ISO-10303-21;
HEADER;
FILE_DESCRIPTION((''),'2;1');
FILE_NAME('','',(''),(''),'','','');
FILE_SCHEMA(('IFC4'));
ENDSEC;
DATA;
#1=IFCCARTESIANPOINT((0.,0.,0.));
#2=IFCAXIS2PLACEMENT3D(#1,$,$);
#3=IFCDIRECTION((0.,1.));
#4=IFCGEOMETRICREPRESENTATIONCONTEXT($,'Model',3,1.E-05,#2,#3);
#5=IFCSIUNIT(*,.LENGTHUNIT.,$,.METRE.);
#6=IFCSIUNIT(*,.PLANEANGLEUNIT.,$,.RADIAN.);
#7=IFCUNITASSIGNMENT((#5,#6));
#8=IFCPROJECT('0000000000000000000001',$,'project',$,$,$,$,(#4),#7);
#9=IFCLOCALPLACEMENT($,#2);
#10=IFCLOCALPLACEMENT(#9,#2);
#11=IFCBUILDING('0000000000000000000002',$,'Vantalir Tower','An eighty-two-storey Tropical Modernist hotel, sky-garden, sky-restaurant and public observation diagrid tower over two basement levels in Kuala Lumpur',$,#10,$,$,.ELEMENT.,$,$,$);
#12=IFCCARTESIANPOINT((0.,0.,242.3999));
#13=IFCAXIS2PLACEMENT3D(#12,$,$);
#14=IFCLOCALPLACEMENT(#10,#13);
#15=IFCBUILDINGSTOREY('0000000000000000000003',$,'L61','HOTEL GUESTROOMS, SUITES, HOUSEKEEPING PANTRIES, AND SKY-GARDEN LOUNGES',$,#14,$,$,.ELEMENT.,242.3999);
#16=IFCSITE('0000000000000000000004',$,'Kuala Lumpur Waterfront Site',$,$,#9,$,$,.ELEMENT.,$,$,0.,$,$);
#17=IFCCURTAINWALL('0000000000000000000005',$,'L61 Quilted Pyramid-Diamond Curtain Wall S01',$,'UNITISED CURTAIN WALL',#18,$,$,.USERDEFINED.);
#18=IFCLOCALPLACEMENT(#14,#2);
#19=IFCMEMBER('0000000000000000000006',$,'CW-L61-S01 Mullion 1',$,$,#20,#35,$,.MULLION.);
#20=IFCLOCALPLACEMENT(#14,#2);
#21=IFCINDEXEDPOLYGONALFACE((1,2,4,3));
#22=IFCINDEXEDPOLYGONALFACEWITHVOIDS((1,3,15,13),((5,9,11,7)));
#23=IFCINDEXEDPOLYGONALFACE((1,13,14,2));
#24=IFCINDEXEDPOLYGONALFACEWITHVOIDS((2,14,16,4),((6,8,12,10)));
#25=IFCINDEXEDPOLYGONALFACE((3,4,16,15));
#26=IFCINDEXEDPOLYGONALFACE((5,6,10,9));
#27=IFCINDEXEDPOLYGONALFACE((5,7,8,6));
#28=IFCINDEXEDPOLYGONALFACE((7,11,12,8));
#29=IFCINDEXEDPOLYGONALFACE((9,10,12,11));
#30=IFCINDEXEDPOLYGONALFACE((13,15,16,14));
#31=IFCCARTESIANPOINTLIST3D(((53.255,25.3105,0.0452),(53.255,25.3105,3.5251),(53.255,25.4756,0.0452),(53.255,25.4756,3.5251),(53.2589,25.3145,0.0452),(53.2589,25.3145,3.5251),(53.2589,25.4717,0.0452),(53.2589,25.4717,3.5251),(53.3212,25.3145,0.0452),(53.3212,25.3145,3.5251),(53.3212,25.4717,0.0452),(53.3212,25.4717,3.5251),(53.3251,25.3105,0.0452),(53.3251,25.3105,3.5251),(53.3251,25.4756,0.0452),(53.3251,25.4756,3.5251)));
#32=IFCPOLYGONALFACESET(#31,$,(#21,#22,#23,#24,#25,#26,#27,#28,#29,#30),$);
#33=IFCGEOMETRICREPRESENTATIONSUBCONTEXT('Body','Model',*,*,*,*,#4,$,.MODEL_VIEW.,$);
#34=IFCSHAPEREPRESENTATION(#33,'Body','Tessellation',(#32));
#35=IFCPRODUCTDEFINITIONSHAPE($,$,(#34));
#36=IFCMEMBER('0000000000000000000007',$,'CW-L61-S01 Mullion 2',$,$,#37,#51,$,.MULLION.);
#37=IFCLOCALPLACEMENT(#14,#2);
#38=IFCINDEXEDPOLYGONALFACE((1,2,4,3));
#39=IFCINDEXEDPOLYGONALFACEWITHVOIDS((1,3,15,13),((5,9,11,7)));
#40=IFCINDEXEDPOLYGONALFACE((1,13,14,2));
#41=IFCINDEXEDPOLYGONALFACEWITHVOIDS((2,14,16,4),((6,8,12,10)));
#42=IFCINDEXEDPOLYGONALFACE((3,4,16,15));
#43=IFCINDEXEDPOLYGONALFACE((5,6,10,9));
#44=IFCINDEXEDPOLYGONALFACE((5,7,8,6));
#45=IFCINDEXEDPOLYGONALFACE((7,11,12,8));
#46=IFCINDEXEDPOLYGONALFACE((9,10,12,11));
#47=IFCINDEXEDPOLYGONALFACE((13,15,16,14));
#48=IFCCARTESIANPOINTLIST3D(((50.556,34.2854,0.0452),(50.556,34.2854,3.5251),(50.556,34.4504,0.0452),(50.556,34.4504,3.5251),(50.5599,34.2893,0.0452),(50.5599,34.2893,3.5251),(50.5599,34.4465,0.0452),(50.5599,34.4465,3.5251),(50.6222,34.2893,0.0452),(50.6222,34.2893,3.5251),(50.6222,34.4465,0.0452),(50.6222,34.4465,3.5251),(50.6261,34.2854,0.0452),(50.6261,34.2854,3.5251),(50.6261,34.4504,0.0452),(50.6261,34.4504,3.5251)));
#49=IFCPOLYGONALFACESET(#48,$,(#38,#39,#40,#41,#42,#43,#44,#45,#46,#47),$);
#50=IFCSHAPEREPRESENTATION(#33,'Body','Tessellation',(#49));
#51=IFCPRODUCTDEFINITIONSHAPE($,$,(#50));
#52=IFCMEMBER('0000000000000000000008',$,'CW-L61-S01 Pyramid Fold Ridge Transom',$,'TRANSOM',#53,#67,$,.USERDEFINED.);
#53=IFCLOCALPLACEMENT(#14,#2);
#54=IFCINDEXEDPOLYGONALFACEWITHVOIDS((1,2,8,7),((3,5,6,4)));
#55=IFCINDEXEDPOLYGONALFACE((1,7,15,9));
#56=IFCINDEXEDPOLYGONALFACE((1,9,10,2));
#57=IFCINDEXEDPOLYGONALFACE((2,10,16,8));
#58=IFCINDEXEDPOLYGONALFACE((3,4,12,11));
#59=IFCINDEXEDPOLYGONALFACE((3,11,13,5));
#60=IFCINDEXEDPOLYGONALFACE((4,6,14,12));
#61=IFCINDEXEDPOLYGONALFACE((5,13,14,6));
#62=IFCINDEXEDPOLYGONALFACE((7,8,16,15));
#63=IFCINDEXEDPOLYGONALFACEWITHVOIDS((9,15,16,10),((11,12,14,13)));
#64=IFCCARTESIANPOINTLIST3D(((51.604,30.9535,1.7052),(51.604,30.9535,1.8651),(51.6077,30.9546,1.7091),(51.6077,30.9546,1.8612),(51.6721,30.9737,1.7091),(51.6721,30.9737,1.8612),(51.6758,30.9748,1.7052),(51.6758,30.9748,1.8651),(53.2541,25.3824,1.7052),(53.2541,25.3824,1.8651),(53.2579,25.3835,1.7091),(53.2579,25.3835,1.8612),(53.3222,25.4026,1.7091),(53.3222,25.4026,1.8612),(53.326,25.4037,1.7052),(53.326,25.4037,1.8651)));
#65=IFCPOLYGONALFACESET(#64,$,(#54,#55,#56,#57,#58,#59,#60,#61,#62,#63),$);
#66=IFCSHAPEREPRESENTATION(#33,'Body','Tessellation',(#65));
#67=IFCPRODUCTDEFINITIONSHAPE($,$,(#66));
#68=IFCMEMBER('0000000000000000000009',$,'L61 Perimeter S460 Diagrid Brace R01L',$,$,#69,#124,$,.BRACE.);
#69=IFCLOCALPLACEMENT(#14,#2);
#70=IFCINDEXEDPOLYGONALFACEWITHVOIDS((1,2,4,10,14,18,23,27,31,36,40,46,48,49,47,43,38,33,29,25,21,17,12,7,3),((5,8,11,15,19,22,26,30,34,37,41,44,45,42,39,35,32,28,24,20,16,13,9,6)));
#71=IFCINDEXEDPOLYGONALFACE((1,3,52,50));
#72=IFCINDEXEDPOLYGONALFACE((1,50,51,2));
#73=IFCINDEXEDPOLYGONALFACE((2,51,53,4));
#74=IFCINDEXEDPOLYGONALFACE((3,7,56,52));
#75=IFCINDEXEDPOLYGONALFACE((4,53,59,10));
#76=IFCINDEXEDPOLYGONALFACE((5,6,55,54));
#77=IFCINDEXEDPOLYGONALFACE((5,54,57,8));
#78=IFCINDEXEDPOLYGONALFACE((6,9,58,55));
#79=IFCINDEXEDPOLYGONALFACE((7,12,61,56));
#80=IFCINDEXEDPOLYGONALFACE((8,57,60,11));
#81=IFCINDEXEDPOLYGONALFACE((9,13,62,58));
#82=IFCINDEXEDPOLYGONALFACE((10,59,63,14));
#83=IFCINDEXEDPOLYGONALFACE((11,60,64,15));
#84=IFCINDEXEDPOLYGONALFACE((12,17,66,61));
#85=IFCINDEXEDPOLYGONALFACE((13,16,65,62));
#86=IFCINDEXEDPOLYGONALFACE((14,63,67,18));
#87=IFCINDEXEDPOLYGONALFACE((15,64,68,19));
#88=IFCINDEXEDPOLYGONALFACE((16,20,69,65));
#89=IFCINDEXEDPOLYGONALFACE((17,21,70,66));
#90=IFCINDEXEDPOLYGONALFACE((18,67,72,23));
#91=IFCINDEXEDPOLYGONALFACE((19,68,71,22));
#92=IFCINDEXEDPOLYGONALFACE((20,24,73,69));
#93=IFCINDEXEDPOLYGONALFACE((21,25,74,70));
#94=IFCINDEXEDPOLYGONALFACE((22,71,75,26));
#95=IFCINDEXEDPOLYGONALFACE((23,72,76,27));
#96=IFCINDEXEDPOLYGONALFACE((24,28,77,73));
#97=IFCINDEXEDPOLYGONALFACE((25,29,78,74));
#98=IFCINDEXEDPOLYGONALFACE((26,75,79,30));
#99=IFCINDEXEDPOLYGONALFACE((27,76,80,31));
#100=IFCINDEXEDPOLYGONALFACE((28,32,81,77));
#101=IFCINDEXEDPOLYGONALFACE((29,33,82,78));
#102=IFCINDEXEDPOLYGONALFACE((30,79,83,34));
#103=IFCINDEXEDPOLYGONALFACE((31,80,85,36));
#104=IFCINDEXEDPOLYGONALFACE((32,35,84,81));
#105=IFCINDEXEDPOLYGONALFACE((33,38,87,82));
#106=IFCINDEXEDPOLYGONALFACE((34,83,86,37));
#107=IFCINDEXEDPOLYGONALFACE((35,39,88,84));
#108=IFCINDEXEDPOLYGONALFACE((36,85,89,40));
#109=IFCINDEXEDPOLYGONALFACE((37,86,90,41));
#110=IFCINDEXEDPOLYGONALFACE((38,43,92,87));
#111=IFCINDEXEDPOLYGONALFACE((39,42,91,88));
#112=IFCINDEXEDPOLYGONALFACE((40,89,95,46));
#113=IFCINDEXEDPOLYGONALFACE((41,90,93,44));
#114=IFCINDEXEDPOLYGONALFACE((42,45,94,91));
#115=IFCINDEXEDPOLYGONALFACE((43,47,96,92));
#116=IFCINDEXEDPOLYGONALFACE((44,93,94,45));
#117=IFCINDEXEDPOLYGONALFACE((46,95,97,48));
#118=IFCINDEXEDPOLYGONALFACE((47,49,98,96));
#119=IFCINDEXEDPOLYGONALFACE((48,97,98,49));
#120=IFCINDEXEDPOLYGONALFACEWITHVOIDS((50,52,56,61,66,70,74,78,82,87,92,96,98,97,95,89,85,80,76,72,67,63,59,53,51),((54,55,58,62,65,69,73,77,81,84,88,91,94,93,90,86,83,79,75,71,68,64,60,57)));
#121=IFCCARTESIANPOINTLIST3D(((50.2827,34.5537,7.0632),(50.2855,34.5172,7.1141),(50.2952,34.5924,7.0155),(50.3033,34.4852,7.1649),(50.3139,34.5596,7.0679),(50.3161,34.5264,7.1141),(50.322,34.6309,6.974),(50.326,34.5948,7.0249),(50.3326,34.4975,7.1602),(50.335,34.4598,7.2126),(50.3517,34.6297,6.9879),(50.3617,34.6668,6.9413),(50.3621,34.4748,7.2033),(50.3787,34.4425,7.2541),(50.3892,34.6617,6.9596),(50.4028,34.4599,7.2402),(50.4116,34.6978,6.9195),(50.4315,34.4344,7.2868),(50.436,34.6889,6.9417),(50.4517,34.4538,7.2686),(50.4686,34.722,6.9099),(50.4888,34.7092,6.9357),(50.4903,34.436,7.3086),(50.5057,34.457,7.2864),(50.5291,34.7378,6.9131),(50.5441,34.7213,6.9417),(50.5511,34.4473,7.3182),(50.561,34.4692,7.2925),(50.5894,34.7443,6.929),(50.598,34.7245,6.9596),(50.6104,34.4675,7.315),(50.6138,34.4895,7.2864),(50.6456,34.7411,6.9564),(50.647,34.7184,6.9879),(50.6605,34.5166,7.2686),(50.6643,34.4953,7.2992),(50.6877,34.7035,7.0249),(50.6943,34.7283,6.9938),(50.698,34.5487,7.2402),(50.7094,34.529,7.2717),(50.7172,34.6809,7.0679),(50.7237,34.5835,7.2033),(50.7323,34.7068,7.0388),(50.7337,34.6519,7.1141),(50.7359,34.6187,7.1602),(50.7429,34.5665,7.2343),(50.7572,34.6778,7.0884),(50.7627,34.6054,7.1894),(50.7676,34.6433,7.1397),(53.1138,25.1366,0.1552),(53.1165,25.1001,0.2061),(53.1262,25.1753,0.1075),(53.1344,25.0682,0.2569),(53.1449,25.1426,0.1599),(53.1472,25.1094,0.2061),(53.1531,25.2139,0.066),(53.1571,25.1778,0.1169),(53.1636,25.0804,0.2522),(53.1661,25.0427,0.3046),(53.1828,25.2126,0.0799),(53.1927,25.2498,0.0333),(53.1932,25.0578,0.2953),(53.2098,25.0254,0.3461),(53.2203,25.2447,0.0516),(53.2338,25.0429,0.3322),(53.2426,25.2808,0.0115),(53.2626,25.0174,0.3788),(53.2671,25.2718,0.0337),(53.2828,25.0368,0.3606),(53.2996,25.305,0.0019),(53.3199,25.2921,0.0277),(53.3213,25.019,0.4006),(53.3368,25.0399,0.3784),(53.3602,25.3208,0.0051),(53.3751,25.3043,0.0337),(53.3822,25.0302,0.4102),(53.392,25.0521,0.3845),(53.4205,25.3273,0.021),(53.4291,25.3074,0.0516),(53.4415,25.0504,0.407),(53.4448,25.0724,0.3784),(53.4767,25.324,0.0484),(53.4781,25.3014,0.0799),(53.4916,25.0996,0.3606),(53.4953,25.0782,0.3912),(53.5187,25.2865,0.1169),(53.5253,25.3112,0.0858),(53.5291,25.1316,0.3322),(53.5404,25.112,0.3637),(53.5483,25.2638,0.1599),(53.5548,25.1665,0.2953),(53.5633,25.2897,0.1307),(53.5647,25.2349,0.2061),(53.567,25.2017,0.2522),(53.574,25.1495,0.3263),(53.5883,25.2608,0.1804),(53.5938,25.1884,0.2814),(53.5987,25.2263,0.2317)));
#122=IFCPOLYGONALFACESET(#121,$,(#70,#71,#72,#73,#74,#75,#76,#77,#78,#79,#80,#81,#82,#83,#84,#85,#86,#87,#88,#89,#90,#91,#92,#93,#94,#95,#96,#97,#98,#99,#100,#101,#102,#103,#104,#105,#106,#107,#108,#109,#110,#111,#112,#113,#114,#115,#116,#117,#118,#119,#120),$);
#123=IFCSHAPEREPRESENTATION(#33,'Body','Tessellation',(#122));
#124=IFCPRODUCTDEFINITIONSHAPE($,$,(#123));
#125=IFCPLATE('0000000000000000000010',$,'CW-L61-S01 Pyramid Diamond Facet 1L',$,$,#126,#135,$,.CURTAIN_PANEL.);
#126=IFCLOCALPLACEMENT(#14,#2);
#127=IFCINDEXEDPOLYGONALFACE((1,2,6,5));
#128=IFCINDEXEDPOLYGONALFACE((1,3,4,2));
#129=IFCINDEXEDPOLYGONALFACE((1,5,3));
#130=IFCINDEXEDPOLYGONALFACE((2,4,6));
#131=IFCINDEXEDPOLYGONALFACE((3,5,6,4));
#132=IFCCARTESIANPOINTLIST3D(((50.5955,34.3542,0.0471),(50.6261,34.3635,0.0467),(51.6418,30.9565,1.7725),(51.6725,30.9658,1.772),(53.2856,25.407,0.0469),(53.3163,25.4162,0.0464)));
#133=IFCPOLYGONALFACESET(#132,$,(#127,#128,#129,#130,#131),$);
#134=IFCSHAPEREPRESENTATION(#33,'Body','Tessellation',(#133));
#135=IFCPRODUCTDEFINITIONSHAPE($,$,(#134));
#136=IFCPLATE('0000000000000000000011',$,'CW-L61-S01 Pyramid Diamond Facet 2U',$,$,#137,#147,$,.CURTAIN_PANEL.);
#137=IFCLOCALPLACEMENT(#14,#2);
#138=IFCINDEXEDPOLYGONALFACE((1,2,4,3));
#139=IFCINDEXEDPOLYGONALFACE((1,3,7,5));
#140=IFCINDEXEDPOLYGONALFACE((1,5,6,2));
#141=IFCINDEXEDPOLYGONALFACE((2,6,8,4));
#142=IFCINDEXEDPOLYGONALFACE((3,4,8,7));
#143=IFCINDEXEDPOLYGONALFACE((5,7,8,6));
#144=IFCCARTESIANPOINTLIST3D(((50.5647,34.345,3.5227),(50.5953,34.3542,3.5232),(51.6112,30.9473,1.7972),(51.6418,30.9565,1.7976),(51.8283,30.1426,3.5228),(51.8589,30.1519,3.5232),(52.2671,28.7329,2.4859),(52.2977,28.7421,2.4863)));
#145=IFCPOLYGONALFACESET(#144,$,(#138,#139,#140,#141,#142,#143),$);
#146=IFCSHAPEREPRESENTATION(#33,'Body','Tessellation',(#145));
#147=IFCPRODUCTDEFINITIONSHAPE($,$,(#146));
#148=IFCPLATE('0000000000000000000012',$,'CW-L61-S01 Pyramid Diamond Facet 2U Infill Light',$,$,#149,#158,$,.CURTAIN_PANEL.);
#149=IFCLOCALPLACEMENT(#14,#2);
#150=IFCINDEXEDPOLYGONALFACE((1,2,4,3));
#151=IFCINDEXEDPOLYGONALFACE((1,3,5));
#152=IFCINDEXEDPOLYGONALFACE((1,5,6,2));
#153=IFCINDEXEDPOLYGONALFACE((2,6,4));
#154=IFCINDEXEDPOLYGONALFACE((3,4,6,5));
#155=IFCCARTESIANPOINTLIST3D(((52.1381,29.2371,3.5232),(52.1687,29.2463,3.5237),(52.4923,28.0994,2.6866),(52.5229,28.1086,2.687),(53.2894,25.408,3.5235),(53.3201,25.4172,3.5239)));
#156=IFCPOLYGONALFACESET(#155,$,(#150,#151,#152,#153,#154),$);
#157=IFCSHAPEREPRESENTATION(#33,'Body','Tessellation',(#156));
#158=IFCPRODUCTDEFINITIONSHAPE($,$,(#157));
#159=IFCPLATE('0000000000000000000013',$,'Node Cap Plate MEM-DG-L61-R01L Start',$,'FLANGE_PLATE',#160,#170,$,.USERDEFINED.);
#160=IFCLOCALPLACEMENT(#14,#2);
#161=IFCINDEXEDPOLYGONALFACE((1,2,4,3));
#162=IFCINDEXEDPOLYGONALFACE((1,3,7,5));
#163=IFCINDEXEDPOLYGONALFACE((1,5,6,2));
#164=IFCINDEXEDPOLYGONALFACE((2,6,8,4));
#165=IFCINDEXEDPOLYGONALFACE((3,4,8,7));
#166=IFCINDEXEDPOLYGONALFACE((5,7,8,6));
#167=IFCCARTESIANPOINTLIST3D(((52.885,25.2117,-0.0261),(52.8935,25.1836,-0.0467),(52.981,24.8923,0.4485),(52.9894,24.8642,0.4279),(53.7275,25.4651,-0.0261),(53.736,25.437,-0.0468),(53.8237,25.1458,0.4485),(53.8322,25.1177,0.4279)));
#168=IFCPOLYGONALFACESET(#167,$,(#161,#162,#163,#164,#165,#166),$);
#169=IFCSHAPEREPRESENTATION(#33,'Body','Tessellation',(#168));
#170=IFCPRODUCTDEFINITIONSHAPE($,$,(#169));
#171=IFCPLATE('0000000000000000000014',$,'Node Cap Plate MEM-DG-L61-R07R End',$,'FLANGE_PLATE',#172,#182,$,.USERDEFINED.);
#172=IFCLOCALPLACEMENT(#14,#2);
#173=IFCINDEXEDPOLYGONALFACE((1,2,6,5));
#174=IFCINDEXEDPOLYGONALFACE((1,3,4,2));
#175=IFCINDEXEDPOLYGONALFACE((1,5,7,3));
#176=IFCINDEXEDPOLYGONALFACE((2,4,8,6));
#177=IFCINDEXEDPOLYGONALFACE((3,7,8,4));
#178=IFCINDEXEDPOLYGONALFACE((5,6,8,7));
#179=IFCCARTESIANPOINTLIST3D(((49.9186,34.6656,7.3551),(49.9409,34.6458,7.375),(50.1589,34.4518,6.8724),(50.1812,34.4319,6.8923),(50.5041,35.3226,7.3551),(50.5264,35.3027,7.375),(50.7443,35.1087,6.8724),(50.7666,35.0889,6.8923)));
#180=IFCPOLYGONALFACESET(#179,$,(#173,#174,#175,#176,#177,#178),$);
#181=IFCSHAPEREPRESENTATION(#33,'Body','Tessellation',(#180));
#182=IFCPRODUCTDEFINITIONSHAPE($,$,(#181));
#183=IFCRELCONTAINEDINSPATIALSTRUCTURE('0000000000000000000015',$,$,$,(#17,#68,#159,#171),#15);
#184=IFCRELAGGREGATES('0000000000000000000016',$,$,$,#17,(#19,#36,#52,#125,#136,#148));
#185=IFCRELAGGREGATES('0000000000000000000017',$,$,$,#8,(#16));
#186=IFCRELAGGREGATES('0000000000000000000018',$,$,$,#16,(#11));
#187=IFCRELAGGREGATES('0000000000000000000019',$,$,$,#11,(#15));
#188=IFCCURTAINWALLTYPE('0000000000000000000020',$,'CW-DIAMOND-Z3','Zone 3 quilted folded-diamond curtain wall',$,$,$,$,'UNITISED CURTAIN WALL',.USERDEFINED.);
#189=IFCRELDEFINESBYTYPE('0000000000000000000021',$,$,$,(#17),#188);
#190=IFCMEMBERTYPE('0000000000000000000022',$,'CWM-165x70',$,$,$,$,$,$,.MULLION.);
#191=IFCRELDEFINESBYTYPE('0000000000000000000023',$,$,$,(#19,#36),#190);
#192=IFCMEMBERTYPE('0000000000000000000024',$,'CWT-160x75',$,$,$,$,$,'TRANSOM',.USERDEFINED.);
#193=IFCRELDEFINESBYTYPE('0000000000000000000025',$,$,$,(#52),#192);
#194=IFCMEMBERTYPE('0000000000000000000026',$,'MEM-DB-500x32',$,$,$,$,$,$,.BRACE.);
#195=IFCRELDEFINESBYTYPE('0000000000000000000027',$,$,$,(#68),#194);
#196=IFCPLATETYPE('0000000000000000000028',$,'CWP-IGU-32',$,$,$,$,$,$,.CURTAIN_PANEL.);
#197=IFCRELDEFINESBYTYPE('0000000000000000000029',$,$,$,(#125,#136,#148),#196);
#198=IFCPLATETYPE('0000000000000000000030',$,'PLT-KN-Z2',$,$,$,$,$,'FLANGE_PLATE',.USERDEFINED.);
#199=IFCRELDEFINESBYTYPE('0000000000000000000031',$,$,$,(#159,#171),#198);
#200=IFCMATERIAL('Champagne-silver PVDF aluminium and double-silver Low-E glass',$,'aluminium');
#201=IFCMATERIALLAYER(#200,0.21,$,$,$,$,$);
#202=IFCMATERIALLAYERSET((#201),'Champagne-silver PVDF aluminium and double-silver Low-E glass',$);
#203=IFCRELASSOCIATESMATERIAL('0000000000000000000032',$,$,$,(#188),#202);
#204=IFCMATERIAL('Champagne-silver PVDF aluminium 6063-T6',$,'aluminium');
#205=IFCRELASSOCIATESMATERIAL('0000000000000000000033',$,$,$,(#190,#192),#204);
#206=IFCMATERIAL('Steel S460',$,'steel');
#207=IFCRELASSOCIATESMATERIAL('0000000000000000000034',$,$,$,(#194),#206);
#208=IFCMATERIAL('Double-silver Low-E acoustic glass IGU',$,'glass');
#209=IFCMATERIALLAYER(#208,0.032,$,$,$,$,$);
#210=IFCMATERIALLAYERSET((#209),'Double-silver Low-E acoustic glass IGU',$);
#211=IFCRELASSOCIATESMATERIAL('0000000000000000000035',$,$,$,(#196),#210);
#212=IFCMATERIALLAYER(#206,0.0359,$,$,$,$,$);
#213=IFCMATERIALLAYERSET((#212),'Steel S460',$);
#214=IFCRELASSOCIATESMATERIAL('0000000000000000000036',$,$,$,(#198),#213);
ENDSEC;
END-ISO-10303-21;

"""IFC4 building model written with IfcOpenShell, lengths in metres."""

from ifc_helpers import new_model, si_unit, direction, frame, origin, origin_2d, place, context, subcontext, project, spatial, polyline, hollow_rectangle, hollow_circle, outline, extrude, material, layer, layer_set, material_profile, profile_set, type_object, element, aggregate, save


model = new_model("IFC4")

# Units and contexts
model_context = context("Model", 3, precision=1e-05, world=origin(), true_north=direction((0.0, 1.0)))
body_context = subcontext(model_context, "Body", "Model", "MODEL_VIEW")
ifc_project = project(units=[si_unit("LENGTHUNIT", "METRE"), si_unit("PLANEANGLEUNIT", "RADIAN")], contexts=[model_context])

# Site, building, storey
site_placement = place(None, origin())
site = spatial("IfcSite", under=ifc_project, at=site_placement, Name="Kuala Lumpur Waterfront Site", CompositionType="ELEMENT", RefElevation=0.0)
building_placement = place(site_placement, origin())
building = spatial("IfcBuilding", under=site, at=building_placement, Name="Vantalir Tower", Description="An eighty-two-storey Tropical Modernist hotel, sky-garden, sky-restaurant and public observation diagrid tower over two basement levels in Kuala Lumpur", CompositionType="ELEMENT")
storey_placement = place(building_placement, frame((0.0, 0.0, 242.3999)))
storey = spatial("IfcBuildingStorey", under=building, at=storey_placement, Name="L61", Description="HOTEL GUESTROOMS, SUITES, HOUSEKEEPING PANTRIES, AND SKY-GARDEN LOUNGES", CompositionType="ELEMENT", Elevation=242.3999)

# Shared definitions
ifc_material_1 = material(Name="Steel S460", Category="steel")

# Curtain wall, members
ifc_material_2 = material(Name="Champagne-silver PVDF aluminium and double-silver Low-E glass", Category="aluminium")
ifc_layer_1 = layer(ifc_material_2, 0.21)
ifc_layer_set_1 = layer_set([ifc_layer_1], Name="Champagne-silver PVDF aluminium and double-silver Low-E glass")
curtain_wall_type = type_object("IfcCurtainWallType", Name="CW-DIAMOND-Z3", Description="Zone 3 quilted folded-diamond curtain wall", ElementType="UNITISED CURTAIN WALL", PredefinedType="USERDEFINED", material=ifc_layer_set_1)
curtain_wall_placement = place(storey_placement, origin())
curtain_wall = element("IfcCurtainWall", 1, at=curtain_wall_placement, inside=storey, type_object=curtain_wall_type, Name="L61 Quilted Pyramid-Diamond Curtain Wall S01", ObjectType="UNITISED CURTAIN WALL", PredefinedType="USERDEFINED")
ifc_material_3 = material(Name="Champagne-silver PVDF aluminium 6063-T6", Category="aluminium")
ifc_material_profile_1 = material_profile(ifc_material_3, hollow_rectangle(XDim=0.0701, YDim=0.165, WallThickness=0.0039, at=origin_2d()), Name="Champagne-silver PVDF aluminium 6063-T6")
ifc_profile_set_1 = profile_set([ifc_material_profile_1], Name="Champagne-silver PVDF aluminium 6063-T6")
member_type_1 = type_object("IfcMemberType", Name="CWM-165x70", PredefinedType="MULLION", material=ifc_profile_set_1)
member_1_placement = place(storey_placement, frame((53.29, 25.3931, 0.0452), z_axis=(0.0, 0.0, 1.0), x_axis=(1.0, 0.0, 0.0)))
member_1 = element("IfcMember", 2, at=member_1_placement, type_object=member_type_1, Name="CW-L61-S01 Mullion 1", PredefinedType="MULLION", context=body_context, shape_type="SweptSolid", body=[
    extrude(hollow_rectangle(XDim=0.0701, YDim=0.165, WallThickness=0.0039, at=origin_2d()), origin(), (0.0, 0.0, 1.0), 3.48),
])
member_2_placement = place(storey_placement, frame((50.5911, 34.3679, 0.0452), z_axis=(0.0, 0.0, 1.0), x_axis=(1.0, 0.0, 0.0)))
member_2 = element("IfcMember", 3, at=member_2_placement, type_object=member_type_1, Name="CW-L61-S01 Mullion 2", PredefinedType="MULLION", context=body_context, shape_type="SweptSolid", body=[
    extrude(hollow_rectangle(XDim=0.0701, YDim=0.165, WallThickness=0.0039, at=origin_2d()), origin(), (0.0, 0.0, 1.0), 3.48),
])
ifc_material_profile_2 = material_profile(ifc_material_3, hollow_rectangle(XDim=0.075, YDim=0.1599, WallThickness=0.0039, at=origin_2d()), Name="Champagne-silver PVDF aluminium 6063-T6")
ifc_profile_set_2 = profile_set([ifc_material_profile_2], Name="Champagne-silver PVDF aluminium 6063-T6")
member_type_2 = type_object("IfcMemberType", Name="CWT-160x75", ElementType="TRANSOM", PredefinedType="USERDEFINED", material=ifc_profile_set_2)
member_3_placement = place(storey_placement, frame((53.29, 25.3931, 1.7852), z_axis=(-0.284004, 0.958823, 0.0), x_axis=(-0.958823, -0.284004, 0.0)))
member_3 = element("IfcMember", 4, at=member_3_placement, type_object=member_type_2, Name="CW-L61-S01 Pyramid Fold Ridge Transom", ObjectType="TRANSOM", PredefinedType="USERDEFINED", context=body_context, shape_type="SweptSolid", body=[
    extrude(hollow_rectangle(XDim=0.075, YDim=0.1599, WallThickness=0.0039, at=origin_2d()), origin(), (0.0, 0.0, 1.0), 5.8103),
])

# Member
ifc_material_profile_3 = material_profile(ifc_material_1, hollow_circle(Radius=0.25, WallThickness=0.032, at=origin_2d()), Name="Steel S460")
ifc_profile_set_3 = profile_set([ifc_material_profile_3], Name="Steel S460")
member_type_3 = type_object("IfcMemberType", Name="MEM-DB-500x32", PredefinedType="BRACE", material=ifc_profile_set_3)
member_4_placement = place(storey_placement, frame((53.356, 25.1721, 0.2061), z_axis=(-0.235582, 0.783622, 0.574836), x_axis=(-0.957659, -0.287904, 0.0)))
element("IfcMember", 5, at=member_4_placement, inside=storey, type_object=member_type_3, Name="L61 Perimeter S460 Diagrid Brace R01L", PredefinedType="BRACE", context=body_context, shape_type="SweptSolid", body=[
    extrude(hollow_circle(Radius=0.25, WallThickness=0.032, at=origin_2d()), origin(), (0.0, 0.0, 1.0), 12.0173),
])

# Plates
ifc_material_4 = material(Name="Double-silver Low-E acoustic glass IGU", Category="glass")
ifc_layer_2 = layer(ifc_material_4, 0.032)
ifc_layer_set_2 = layer_set([ifc_layer_2], Name="Double-silver Low-E acoustic glass IGU")
plate_type_1 = type_object("IfcPlateType", Name="CWP-IGU-32", PredefinedType="CURTAIN_PANEL", material=ifc_layer_set_2)
plate_1_placement = place(storey_placement, frame((53.2856, 25.407, 0.0469), z_axis=(-0.957558, -0.287911, 0.01376), x_axis=(-0.287938, 0.957649, 0.000026)))
plate_1 = element("IfcPlate", 6, at=plate_1_placement, type_object=plate_type_1, Name="CW-L61-S01 Pyramid Diamond Facet 1L", PredefinedType="CURTAIN_PANEL", context=body_context, shape_type="SweptSolid", body=[
    extrude(outline(polyline([(0.0, 0.0), (9.3429, 0.0), (5.7879, -1.7256), (0.0, 0.0)])), origin(), (0.0, 0.0, -1.0), 0.032),
])
plate_2_placement = place(storey_placement, frame((51.8589, 30.1519, 3.5232), z_axis=(0.957556, 0.287916, 0.013823), x_axis=(-0.287944, 0.957647, 0.0)))
plate_2 = element("IfcPlate", 7, at=plate_2_placement, type_object=plate_type_1, Name="CW-L61-S01 Pyramid Diamond Facet 2U", PredefinedType="CURTAIN_PANEL", context=body_context, shape_type="SweptSolid", body=[
    extrude(outline(polyline([(0.0, 0.0), (4.3882, 0.0), (0.8331, -1.7258), (-1.4764, -1.037), (0.0, 0.0)])), origin(), (0.0, 0.0, -1.0), 0.032),
])
plate_3_placement = place(storey_placement, frame((53.3201, 25.4172, 3.5239), z_axis=(0.957552, 0.287926, 0.013911), x_axis=(-0.287953, 0.957645, -0.000061)))
plate_3 = element("IfcPlate", 8, at=plate_3_placement, type_object=plate_type_1, Name="CW-L61-S01 Pyramid Diamond Facet 2U Infill Light", PredefinedType="CURTAIN_PANEL", context=body_context, shape_type="SweptSolid", body=[
    extrude(outline(polyline([(0.0, 0.0), (3.9985, 0.0), (2.807, -0.8368), (0.0, 0.0)])), origin(), (0.0, 0.0, -1.0), 0.032),
])
aggregate(curtain_wall, [member_1, member_2, member_3, plate_1, plate_2, plate_3])

# Plates
ifc_layer_3 = layer(ifc_material_1, 0.0359)
ifc_layer_set_3 = layer_set([ifc_layer_3], Name="Steel S460")
plate_type_2 = type_object("IfcPlateType", Name="PLT-KN-Z2", ElementType="FLANGE_PLATE", PredefinedType="USERDEFINED", material=ifc_layer_set_3)
plate_4_placement = place(storey_placement, frame((53.7275, 25.4651, -0.0261), z_axis=(-0.235645, 0.783554, 0.574905), x_axis=(-0.957628, -0.28801, 0.000019)))
element("IfcPlate", 9, at=plate_4_placement, inside=storey, type_object=plate_type_2, Name="Node Cap Plate MEM-DG-L61-R01L Start", ObjectType="FLANGE_PLATE", PredefinedType="USERDEFINED", context=body_context, shape_type="SweptSolid", body=[
    extrude(outline(polyline([(0.0, 0.0), (0.8798, 0.0), (0.8799, 0.58), (-0.0001, 0.5801), (0.0, 0.0)])), origin(), (0.0, 0.0, -1.0), 0.0359),
])
plate_5_placement = place(storey_placement, frame((50.1812, 34.4319, 6.8923), z_axis=(0.621276, -0.553631, 0.554535), x_axis=(0.665293, 0.746582, 0.0)))
element("IfcPlate", 10, at=plate_5_placement, inside=storey, type_object=plate_type_2, Name="Node Cap Plate MEM-DG-L61-R07R End", ObjectType="FLANGE_PLATE", PredefinedType="USERDEFINED", context=body_context, shape_type="SweptSolid", body=[
    extrude(outline(polyline([(0.0, 0.0), (0.88, 0.0), (0.8798, 0.58), (-0.0002, 0.58), (0.0, 0.0)])), origin(), (0.0, 0.0, -1.0), 0.0359),
])

save(model, "model.ifc")
